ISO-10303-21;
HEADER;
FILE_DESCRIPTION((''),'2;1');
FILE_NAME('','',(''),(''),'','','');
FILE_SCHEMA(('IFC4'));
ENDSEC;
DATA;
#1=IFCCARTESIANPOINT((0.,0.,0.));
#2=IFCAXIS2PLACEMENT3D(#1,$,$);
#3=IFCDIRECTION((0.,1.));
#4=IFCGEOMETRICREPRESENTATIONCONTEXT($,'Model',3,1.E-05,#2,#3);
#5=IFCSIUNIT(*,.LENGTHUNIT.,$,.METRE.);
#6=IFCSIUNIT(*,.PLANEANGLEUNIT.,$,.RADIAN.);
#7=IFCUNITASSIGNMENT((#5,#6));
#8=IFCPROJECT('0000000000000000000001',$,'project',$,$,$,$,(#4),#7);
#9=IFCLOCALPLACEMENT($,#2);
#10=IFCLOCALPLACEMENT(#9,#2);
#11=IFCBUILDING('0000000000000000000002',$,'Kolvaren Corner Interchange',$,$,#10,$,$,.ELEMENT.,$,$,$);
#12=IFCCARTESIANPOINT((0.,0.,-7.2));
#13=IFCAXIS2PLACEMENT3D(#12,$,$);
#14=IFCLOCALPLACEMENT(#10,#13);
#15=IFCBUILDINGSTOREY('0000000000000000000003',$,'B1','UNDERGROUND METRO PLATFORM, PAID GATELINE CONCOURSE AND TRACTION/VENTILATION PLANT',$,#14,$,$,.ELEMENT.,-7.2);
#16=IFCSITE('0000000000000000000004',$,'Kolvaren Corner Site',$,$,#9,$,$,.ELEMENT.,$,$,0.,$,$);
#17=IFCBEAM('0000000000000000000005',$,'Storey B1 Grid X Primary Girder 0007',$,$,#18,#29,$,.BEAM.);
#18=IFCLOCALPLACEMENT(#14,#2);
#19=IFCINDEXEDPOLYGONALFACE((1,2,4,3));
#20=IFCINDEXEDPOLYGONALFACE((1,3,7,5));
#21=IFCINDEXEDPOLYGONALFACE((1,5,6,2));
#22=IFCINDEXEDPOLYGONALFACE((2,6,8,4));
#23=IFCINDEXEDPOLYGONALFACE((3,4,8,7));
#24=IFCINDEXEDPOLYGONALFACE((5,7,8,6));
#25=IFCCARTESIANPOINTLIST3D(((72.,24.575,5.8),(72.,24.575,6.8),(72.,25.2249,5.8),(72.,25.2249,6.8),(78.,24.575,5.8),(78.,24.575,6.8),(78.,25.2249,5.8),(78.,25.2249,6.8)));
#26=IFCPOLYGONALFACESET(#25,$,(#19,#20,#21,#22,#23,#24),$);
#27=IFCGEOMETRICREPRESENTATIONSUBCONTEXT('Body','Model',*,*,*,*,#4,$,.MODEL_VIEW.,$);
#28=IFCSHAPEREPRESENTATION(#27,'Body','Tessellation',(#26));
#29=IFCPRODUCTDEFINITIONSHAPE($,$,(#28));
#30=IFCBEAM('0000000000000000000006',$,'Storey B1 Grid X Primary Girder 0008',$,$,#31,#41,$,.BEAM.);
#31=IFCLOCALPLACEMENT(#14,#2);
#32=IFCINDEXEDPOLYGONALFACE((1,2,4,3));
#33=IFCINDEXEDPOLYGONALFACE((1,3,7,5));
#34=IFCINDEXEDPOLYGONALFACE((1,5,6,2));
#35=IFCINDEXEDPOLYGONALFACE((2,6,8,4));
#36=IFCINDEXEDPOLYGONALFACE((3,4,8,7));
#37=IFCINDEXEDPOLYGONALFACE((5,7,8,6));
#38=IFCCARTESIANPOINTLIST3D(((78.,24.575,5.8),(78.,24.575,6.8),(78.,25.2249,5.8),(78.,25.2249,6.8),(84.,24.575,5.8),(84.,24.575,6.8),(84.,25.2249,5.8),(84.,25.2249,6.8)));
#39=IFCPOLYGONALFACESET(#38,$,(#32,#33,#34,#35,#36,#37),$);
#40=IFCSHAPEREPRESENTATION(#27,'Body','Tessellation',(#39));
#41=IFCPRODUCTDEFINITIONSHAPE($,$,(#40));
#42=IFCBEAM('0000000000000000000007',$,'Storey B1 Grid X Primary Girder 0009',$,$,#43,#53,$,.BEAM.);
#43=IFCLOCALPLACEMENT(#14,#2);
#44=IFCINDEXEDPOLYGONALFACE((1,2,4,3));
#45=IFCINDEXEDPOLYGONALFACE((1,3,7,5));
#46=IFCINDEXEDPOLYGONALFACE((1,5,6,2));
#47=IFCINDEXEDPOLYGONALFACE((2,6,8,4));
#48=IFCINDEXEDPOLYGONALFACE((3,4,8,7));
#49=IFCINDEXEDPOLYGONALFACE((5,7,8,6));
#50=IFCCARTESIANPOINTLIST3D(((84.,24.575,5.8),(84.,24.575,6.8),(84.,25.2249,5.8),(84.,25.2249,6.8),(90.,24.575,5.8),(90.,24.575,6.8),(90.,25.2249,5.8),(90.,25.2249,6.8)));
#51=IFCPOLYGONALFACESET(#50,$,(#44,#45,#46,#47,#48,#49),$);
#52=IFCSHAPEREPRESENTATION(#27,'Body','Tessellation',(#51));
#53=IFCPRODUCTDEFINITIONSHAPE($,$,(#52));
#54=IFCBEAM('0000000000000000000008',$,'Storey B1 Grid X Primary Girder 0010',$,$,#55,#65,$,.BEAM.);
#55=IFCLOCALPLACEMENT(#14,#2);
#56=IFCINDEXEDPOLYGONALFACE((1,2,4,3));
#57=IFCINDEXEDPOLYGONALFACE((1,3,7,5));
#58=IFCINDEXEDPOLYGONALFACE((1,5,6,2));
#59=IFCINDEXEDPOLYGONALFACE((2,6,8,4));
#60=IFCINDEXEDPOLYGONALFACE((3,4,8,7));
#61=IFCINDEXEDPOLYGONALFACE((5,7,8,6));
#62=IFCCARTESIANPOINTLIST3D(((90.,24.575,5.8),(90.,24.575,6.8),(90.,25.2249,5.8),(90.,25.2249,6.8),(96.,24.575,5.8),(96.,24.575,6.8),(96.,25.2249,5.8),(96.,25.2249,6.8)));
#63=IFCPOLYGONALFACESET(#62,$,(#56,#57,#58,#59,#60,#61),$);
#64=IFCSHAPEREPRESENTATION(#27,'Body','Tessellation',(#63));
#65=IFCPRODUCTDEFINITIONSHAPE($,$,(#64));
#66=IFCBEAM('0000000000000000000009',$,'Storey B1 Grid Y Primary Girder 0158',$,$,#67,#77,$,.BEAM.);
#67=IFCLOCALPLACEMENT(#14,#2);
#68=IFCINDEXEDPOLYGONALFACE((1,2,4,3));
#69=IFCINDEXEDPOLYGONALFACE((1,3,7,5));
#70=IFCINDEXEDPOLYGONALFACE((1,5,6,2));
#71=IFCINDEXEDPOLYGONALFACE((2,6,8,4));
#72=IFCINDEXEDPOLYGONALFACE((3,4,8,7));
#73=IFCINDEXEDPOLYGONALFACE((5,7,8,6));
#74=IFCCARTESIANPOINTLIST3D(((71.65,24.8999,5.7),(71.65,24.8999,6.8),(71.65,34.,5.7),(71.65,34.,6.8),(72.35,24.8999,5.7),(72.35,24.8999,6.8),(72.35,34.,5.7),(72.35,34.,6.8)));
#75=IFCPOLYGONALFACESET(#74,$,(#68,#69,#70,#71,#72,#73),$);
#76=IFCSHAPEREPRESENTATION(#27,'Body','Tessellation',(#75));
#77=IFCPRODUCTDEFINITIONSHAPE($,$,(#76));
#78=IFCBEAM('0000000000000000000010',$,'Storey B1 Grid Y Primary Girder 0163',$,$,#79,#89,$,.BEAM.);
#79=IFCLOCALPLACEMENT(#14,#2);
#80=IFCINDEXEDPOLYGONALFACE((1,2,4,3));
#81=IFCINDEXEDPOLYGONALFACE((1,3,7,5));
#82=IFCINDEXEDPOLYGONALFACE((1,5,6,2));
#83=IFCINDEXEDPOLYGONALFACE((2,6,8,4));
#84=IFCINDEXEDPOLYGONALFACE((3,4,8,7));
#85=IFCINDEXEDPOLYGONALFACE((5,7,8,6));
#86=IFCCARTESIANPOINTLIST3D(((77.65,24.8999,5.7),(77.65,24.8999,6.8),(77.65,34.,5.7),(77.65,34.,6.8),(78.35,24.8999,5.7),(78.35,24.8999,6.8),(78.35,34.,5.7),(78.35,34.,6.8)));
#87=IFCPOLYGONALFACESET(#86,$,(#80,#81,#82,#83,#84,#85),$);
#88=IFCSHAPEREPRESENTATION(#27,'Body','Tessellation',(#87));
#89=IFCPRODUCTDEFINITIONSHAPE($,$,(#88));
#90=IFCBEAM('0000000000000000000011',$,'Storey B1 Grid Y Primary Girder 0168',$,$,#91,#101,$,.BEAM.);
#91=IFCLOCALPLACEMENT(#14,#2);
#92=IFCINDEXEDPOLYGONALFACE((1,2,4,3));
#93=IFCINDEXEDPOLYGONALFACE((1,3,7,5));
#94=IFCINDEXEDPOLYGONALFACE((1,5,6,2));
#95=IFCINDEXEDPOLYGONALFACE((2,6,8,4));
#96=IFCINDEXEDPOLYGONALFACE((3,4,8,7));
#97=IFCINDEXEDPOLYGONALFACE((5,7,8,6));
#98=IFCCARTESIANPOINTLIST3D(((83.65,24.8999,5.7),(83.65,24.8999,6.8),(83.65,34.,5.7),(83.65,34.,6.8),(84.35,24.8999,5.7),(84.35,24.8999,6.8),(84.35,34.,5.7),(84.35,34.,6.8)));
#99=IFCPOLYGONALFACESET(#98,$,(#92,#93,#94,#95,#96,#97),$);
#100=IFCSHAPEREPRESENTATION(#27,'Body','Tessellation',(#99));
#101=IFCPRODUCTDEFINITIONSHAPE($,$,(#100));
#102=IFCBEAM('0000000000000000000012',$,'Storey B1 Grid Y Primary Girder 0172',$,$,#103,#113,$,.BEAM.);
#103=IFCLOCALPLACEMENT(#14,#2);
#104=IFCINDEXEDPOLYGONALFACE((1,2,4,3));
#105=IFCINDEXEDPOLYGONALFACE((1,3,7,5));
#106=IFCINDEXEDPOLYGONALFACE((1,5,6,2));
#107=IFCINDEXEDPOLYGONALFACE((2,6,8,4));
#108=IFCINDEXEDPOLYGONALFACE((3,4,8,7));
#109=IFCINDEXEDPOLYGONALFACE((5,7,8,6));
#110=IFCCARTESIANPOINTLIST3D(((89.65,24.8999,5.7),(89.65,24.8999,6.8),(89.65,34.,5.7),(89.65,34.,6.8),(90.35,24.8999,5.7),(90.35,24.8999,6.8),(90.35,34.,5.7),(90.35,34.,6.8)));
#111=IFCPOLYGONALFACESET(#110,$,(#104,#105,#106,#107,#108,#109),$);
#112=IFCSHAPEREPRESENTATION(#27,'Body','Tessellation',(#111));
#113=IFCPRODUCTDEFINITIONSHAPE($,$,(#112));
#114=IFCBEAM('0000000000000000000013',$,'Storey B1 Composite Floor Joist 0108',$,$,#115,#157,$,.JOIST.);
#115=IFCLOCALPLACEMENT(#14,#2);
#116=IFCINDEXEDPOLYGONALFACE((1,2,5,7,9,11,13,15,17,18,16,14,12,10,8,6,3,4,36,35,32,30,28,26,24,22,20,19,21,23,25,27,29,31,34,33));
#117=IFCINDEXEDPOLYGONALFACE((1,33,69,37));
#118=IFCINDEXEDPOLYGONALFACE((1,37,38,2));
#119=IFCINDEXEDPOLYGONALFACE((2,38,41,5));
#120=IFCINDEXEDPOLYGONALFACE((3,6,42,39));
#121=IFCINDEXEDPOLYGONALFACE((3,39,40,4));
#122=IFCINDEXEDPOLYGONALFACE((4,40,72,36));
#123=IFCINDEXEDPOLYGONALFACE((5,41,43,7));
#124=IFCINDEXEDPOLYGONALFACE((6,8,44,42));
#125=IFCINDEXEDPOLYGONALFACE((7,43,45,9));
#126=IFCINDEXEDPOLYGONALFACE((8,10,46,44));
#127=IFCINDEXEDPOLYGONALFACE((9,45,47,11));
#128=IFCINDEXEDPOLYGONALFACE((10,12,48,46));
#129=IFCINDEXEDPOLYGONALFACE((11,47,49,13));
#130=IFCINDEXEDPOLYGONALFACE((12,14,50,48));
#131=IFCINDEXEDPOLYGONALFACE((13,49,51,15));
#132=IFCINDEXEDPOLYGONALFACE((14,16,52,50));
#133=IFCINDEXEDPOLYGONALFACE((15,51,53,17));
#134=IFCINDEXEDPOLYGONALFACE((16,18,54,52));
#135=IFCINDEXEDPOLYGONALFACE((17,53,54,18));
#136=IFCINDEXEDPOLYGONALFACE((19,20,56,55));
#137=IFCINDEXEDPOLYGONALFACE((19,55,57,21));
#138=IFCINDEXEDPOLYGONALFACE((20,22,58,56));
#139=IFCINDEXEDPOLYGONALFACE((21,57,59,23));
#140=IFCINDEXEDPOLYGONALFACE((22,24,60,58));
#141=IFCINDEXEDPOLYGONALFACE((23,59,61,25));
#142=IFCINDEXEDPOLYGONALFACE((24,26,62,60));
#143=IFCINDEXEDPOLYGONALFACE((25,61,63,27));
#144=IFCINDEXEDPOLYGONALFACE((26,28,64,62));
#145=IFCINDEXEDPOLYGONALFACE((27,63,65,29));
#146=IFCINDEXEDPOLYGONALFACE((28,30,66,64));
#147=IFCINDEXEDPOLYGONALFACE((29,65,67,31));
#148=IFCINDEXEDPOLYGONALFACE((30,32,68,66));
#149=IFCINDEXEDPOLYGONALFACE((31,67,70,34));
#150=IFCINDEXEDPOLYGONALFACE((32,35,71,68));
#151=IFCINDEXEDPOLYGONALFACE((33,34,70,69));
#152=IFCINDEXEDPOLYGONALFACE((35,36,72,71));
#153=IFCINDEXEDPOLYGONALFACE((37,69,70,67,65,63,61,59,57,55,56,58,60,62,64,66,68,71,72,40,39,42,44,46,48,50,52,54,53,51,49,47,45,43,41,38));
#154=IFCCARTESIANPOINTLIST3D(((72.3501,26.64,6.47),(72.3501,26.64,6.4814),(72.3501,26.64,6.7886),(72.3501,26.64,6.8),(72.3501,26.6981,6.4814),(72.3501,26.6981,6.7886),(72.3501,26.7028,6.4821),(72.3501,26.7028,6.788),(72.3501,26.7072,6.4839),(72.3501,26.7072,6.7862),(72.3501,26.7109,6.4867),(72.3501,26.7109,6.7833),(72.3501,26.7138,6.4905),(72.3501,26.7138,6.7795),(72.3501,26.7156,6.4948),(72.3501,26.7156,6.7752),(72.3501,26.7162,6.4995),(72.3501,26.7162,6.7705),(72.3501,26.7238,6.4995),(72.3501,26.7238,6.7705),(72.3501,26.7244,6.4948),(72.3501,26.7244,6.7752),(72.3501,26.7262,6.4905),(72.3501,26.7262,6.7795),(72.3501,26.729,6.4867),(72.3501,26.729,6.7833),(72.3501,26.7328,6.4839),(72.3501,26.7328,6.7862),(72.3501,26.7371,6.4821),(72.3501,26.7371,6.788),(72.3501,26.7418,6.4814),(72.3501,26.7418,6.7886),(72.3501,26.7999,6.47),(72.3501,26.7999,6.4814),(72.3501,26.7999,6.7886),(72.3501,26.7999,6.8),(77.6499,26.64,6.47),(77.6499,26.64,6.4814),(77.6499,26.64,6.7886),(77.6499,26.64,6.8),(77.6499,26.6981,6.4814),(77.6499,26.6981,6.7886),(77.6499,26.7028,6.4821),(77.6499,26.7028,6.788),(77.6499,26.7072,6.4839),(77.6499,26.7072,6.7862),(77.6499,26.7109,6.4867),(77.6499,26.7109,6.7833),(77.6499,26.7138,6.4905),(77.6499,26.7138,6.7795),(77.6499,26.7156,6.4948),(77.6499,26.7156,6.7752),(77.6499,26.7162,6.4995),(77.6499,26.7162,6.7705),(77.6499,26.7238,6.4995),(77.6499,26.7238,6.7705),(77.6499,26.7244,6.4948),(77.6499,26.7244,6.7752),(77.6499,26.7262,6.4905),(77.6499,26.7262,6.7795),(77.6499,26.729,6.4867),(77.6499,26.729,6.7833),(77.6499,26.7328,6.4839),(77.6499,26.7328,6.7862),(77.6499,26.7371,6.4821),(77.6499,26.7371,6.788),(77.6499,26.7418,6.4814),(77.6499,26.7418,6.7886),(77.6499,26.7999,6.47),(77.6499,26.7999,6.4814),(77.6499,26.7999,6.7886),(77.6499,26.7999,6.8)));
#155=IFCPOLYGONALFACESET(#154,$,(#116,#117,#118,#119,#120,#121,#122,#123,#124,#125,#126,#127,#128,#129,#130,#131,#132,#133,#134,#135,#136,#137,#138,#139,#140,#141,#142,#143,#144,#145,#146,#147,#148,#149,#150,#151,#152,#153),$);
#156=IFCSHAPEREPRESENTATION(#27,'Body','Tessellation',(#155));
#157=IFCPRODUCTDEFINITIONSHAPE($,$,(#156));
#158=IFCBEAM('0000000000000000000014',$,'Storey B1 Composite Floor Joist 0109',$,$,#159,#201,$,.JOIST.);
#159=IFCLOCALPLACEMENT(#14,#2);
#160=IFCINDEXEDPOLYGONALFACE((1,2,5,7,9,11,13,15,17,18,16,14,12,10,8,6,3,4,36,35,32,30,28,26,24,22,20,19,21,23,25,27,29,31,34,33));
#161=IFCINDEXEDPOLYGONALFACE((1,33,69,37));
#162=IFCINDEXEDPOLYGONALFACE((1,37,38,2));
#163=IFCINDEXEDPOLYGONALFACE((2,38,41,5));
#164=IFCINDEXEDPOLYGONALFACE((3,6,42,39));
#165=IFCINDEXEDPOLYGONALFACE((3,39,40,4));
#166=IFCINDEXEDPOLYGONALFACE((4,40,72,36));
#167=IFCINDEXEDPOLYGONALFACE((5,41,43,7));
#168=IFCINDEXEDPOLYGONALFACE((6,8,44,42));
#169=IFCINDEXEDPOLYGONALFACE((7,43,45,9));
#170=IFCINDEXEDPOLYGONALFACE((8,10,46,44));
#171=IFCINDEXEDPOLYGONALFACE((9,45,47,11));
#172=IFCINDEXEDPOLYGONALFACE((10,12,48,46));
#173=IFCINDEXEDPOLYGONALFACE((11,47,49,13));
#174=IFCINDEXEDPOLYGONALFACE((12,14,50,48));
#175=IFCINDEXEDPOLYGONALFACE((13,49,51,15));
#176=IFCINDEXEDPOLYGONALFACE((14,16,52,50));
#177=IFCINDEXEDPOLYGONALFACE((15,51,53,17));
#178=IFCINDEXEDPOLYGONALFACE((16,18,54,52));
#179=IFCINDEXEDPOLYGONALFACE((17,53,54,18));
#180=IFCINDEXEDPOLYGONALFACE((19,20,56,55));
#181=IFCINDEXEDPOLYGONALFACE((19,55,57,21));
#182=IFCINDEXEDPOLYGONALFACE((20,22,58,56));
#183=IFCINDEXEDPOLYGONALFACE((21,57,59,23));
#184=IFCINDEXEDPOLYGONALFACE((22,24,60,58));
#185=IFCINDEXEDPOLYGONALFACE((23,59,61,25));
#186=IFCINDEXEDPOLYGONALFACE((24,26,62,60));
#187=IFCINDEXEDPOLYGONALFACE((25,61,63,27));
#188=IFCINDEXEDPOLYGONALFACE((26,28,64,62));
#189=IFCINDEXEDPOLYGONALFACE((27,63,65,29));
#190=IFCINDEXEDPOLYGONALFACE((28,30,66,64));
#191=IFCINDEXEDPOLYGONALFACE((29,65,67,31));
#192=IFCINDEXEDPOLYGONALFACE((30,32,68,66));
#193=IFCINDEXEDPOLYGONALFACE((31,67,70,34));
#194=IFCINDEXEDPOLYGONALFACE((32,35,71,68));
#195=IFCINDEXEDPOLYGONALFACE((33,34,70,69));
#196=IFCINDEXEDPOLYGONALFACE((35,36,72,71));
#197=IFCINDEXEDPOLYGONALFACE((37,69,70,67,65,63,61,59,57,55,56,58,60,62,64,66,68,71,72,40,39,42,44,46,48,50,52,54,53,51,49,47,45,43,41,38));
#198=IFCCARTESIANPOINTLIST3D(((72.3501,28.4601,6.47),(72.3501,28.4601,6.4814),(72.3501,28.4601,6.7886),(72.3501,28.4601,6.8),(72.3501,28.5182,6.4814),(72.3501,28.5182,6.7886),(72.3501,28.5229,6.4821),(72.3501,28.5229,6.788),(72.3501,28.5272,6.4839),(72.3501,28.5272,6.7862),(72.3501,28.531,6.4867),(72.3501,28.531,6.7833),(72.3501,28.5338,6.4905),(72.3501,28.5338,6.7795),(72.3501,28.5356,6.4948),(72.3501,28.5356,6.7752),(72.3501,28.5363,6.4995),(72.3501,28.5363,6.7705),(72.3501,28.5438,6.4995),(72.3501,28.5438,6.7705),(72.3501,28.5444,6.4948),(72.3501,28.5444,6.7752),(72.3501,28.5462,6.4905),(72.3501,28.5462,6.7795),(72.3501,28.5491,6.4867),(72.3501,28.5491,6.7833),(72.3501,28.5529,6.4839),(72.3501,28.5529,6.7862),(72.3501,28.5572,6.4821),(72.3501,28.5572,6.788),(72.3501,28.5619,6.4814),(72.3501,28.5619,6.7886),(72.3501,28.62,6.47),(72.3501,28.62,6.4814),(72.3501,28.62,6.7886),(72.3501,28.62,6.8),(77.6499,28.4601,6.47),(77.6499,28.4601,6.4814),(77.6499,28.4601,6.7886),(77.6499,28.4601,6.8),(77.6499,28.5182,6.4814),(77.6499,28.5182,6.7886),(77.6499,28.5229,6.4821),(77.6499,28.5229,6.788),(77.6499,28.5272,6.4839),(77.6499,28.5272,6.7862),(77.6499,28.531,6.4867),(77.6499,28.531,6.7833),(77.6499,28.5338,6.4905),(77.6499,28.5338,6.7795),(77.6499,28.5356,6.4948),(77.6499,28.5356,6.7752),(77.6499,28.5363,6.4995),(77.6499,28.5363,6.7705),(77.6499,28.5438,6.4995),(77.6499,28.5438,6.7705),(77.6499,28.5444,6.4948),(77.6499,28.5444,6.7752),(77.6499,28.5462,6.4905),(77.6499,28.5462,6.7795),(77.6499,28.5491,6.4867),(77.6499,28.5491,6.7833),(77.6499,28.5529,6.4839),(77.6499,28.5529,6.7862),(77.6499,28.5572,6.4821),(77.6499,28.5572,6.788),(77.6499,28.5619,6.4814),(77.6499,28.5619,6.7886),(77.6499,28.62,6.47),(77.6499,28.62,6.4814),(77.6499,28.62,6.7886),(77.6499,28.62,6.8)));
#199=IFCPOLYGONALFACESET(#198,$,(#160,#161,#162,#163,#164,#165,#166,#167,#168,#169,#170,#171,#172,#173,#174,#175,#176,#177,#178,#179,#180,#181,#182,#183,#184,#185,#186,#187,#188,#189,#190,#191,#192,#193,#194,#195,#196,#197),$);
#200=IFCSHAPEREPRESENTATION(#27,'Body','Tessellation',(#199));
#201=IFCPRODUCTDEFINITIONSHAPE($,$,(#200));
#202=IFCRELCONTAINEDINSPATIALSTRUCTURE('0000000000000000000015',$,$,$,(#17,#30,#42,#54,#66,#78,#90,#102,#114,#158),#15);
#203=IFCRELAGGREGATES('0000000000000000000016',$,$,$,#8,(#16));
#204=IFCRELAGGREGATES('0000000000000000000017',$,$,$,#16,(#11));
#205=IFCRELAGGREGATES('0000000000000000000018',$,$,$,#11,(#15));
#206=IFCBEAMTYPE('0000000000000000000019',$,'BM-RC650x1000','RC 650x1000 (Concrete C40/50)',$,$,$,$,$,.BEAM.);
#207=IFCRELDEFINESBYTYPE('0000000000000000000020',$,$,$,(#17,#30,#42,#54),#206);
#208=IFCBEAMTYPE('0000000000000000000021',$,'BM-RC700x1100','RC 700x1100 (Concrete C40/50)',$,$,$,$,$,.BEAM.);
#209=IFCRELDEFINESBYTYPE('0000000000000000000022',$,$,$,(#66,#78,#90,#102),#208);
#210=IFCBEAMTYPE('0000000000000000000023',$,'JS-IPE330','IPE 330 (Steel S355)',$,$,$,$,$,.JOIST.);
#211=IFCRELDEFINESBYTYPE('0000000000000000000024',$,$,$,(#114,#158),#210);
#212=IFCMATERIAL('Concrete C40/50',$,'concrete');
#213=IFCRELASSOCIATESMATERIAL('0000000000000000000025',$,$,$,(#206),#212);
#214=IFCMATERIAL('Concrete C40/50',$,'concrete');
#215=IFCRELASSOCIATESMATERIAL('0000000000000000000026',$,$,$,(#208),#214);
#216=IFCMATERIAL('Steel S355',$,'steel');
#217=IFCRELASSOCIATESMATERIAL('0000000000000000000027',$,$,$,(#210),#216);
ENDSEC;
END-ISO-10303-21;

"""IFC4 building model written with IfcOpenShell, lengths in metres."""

from ifc_helpers import new_model, si_unit, direction, frame, origin, origin_2d, place, context, subcontext, project, spatial, rectangle, i_section, extrude, material, material_profile, profile_set, type_object, element, save


model = new_model("IFC4")

# Units and contexts
model_context = context("Model", 3, precision=1e-05, world=origin(), true_north=direction((0.0, 1.0)))
body_context = subcontext(model_context, "Body", "Model", "MODEL_VIEW")
ifc_project = project(units=[si_unit("LENGTHUNIT", "METRE"), si_unit("PLANEANGLEUNIT", "RADIAN")], contexts=[model_context])

# Site, building, storey
site_placement = place(None, origin())
site = spatial("IfcSite", under=ifc_project, at=site_placement, Name="Kolvaren Corner Site", CompositionType="ELEMENT", RefElevation=0.0)
building_placement = place(site_placement, origin())
building = spatial("IfcBuilding", under=site, at=building_placement, Name="Kolvaren Corner Interchange", CompositionType="ELEMENT")
storey_placement = place(building_placement, frame((0.0, 0.0, -7.2)))
storey = spatial("IfcBuildingStorey", under=building, at=storey_placement, Name="B1", Description="UNDERGROUND METRO PLATFORM, PAID GATELINE CONCOURSE AND TRACTION/VENTILATION PLANT", CompositionType="ELEMENT", Elevation=-7.2)

# Beams
ifc_material_1 = material(Name="Concrete C40/50", Category="concrete")
ifc_material_profile_1 = material_profile(ifc_material_1, rectangle(XDim=0.6499, YDim=1.0, at=origin_2d()), Name="RC 650x1000")
ifc_profile_set_1 = profile_set([ifc_material_profile_1], Name="Concrete C40/50")
beam_type_1 = type_object("IfcBeamType", Name="BM-RC650x1000", Description="RC 650x1000 (Concrete C40/50)", PredefinedType="BEAM", material=ifc_profile_set_1)
for number, where, z_axis, x_axis, name in (
    (1, (72.0, 24.8999, 6.3), (1.0, 0.0, 0.0), (0.0, 1.0, 0.0), "Storey B1 Grid X Primary Girder 0007"),
    (2, (78.0, 24.8999, 6.3), (1.0, 0.0, 0.0), (0.0, 1.0, 0.0), "Storey B1 Grid X Primary Girder 0008"),
    (3, (84.0, 24.8999, 6.3), (1.0, 0.0, 0.0), (0.0, 1.0, 0.0), "Storey B1 Grid X Primary Girder 0009"),
    (4, (90.0, 24.8999, 6.3), (1.0, 0.0, 0.0), (0.0, 1.0, 0.0), "Storey B1 Grid X Primary Girder 0010"),
):
    element("IfcBeam", number, at=place(storey_placement, frame(where, z_axis=z_axis, x_axis=x_axis)), inside=storey, type_object=beam_type_1, Name=name, PredefinedType="BEAM", context=body_context, shape_type="SweptSolid", body=[
        extrude(rectangle(XDim=0.6499, YDim=1.0, at=origin_2d()), origin(), (0.0, 0.0, 1.0), 6.0),
    ])
ifc_material_2 = material(Name="Concrete C40/50", Category="concrete")
ifc_material_profile_2 = material_profile(ifc_material_2, rectangle(XDim=0.7, YDim=1.1001, at=origin_2d()), Name="RC 700x1100")
ifc_profile_set_2 = profile_set([ifc_material_profile_2], Name="Concrete C40/50")
beam_type_2 = type_object("IfcBeamType", Name="BM-RC700x1100", Description="RC 700x1100 (Concrete C40/50)", PredefinedType="BEAM", material=ifc_profile_set_2)
for number, where, z_axis, x_axis, name in (
    (5, (72.0, 24.8999, 6.25), (0.0, 1.0, 0.0), (-1.0, 0.0, 0.0), "Storey B1 Grid Y Primary Girder 0158"),
    (6, (78.0, 24.8999, 6.25), (0.0, 1.0, 0.0), (-1.0, 0.0, 0.0), "Storey B1 Grid Y Primary Girder 0163"),
    (7, (84.0, 24.8999, 6.25), (0.0, 1.0, 0.0), (-1.0, 0.0, 0.0), "Storey B1 Grid Y Primary Girder 0168"),
    (8, (90.0, 24.8999, 6.25), (0.0, 1.0, 0.0), (-1.0, 0.0, 0.0), "Storey B1 Grid Y Primary Girder 0172"),
):
    element("IfcBeam", number, at=place(storey_placement, frame(where, z_axis=z_axis, x_axis=x_axis)), inside=storey, type_object=beam_type_2, Name=name, PredefinedType="BEAM", context=body_context, shape_type="SweptSolid", body=[
        extrude(rectangle(XDim=0.7, YDim=1.1001, at=origin_2d()), origin(), (0.0, 0.0, 1.0), 9.1001),
    ])
ifc_material_3 = material(Name="Steel S355", Category="steel")
ifc_material_profile_3 = material_profile(ifc_material_3, i_section(OverallWidth=0.1599, OverallDepth=0.3301, WebThickness=0.0076, FlangeThickness=0.0115, FilletRadius=0.0181, at=origin_2d()), Name="IPE 330")
ifc_profile_set_3 = profile_set([ifc_material_profile_3], Name="Steel S355")
beam_type_3 = type_object("IfcBeamType", Name="JS-IPE330", Description="IPE 330 (Steel S355)", PredefinedType="JOIST", material=ifc_profile_set_3)
for number, where, z_axis, x_axis, name in (
    (9, (72.3501, 26.72, 6.635), (1.0, 0.0, 0.0), (0.0, 1.0, 0.0), "Storey B1 Composite Floor Joist 0108"),
    (10, (72.3501, 28.54, 6.635), (1.0, 0.0, 0.0), (0.0, 1.0, 0.0), "Storey B1 Composite Floor Joist 0109"),
):
    element("IfcBeam", number, at=place(storey_placement, frame(where, z_axis=z_axis, x_axis=x_axis)), inside=storey, type_object=beam_type_3, Name=name, PredefinedType="JOIST", context=body_context, shape_type="SweptSolid", body=[
        extrude(i_section(OverallWidth=0.1599, OverallDepth=0.3301, WebThickness=0.0076, FlangeThickness=0.0115, FilletRadius=0.0181, at=origin_2d()), origin(), (0.0, 0.0, 1.0), 5.2998),
    ])

save(model, "model.ifc")
